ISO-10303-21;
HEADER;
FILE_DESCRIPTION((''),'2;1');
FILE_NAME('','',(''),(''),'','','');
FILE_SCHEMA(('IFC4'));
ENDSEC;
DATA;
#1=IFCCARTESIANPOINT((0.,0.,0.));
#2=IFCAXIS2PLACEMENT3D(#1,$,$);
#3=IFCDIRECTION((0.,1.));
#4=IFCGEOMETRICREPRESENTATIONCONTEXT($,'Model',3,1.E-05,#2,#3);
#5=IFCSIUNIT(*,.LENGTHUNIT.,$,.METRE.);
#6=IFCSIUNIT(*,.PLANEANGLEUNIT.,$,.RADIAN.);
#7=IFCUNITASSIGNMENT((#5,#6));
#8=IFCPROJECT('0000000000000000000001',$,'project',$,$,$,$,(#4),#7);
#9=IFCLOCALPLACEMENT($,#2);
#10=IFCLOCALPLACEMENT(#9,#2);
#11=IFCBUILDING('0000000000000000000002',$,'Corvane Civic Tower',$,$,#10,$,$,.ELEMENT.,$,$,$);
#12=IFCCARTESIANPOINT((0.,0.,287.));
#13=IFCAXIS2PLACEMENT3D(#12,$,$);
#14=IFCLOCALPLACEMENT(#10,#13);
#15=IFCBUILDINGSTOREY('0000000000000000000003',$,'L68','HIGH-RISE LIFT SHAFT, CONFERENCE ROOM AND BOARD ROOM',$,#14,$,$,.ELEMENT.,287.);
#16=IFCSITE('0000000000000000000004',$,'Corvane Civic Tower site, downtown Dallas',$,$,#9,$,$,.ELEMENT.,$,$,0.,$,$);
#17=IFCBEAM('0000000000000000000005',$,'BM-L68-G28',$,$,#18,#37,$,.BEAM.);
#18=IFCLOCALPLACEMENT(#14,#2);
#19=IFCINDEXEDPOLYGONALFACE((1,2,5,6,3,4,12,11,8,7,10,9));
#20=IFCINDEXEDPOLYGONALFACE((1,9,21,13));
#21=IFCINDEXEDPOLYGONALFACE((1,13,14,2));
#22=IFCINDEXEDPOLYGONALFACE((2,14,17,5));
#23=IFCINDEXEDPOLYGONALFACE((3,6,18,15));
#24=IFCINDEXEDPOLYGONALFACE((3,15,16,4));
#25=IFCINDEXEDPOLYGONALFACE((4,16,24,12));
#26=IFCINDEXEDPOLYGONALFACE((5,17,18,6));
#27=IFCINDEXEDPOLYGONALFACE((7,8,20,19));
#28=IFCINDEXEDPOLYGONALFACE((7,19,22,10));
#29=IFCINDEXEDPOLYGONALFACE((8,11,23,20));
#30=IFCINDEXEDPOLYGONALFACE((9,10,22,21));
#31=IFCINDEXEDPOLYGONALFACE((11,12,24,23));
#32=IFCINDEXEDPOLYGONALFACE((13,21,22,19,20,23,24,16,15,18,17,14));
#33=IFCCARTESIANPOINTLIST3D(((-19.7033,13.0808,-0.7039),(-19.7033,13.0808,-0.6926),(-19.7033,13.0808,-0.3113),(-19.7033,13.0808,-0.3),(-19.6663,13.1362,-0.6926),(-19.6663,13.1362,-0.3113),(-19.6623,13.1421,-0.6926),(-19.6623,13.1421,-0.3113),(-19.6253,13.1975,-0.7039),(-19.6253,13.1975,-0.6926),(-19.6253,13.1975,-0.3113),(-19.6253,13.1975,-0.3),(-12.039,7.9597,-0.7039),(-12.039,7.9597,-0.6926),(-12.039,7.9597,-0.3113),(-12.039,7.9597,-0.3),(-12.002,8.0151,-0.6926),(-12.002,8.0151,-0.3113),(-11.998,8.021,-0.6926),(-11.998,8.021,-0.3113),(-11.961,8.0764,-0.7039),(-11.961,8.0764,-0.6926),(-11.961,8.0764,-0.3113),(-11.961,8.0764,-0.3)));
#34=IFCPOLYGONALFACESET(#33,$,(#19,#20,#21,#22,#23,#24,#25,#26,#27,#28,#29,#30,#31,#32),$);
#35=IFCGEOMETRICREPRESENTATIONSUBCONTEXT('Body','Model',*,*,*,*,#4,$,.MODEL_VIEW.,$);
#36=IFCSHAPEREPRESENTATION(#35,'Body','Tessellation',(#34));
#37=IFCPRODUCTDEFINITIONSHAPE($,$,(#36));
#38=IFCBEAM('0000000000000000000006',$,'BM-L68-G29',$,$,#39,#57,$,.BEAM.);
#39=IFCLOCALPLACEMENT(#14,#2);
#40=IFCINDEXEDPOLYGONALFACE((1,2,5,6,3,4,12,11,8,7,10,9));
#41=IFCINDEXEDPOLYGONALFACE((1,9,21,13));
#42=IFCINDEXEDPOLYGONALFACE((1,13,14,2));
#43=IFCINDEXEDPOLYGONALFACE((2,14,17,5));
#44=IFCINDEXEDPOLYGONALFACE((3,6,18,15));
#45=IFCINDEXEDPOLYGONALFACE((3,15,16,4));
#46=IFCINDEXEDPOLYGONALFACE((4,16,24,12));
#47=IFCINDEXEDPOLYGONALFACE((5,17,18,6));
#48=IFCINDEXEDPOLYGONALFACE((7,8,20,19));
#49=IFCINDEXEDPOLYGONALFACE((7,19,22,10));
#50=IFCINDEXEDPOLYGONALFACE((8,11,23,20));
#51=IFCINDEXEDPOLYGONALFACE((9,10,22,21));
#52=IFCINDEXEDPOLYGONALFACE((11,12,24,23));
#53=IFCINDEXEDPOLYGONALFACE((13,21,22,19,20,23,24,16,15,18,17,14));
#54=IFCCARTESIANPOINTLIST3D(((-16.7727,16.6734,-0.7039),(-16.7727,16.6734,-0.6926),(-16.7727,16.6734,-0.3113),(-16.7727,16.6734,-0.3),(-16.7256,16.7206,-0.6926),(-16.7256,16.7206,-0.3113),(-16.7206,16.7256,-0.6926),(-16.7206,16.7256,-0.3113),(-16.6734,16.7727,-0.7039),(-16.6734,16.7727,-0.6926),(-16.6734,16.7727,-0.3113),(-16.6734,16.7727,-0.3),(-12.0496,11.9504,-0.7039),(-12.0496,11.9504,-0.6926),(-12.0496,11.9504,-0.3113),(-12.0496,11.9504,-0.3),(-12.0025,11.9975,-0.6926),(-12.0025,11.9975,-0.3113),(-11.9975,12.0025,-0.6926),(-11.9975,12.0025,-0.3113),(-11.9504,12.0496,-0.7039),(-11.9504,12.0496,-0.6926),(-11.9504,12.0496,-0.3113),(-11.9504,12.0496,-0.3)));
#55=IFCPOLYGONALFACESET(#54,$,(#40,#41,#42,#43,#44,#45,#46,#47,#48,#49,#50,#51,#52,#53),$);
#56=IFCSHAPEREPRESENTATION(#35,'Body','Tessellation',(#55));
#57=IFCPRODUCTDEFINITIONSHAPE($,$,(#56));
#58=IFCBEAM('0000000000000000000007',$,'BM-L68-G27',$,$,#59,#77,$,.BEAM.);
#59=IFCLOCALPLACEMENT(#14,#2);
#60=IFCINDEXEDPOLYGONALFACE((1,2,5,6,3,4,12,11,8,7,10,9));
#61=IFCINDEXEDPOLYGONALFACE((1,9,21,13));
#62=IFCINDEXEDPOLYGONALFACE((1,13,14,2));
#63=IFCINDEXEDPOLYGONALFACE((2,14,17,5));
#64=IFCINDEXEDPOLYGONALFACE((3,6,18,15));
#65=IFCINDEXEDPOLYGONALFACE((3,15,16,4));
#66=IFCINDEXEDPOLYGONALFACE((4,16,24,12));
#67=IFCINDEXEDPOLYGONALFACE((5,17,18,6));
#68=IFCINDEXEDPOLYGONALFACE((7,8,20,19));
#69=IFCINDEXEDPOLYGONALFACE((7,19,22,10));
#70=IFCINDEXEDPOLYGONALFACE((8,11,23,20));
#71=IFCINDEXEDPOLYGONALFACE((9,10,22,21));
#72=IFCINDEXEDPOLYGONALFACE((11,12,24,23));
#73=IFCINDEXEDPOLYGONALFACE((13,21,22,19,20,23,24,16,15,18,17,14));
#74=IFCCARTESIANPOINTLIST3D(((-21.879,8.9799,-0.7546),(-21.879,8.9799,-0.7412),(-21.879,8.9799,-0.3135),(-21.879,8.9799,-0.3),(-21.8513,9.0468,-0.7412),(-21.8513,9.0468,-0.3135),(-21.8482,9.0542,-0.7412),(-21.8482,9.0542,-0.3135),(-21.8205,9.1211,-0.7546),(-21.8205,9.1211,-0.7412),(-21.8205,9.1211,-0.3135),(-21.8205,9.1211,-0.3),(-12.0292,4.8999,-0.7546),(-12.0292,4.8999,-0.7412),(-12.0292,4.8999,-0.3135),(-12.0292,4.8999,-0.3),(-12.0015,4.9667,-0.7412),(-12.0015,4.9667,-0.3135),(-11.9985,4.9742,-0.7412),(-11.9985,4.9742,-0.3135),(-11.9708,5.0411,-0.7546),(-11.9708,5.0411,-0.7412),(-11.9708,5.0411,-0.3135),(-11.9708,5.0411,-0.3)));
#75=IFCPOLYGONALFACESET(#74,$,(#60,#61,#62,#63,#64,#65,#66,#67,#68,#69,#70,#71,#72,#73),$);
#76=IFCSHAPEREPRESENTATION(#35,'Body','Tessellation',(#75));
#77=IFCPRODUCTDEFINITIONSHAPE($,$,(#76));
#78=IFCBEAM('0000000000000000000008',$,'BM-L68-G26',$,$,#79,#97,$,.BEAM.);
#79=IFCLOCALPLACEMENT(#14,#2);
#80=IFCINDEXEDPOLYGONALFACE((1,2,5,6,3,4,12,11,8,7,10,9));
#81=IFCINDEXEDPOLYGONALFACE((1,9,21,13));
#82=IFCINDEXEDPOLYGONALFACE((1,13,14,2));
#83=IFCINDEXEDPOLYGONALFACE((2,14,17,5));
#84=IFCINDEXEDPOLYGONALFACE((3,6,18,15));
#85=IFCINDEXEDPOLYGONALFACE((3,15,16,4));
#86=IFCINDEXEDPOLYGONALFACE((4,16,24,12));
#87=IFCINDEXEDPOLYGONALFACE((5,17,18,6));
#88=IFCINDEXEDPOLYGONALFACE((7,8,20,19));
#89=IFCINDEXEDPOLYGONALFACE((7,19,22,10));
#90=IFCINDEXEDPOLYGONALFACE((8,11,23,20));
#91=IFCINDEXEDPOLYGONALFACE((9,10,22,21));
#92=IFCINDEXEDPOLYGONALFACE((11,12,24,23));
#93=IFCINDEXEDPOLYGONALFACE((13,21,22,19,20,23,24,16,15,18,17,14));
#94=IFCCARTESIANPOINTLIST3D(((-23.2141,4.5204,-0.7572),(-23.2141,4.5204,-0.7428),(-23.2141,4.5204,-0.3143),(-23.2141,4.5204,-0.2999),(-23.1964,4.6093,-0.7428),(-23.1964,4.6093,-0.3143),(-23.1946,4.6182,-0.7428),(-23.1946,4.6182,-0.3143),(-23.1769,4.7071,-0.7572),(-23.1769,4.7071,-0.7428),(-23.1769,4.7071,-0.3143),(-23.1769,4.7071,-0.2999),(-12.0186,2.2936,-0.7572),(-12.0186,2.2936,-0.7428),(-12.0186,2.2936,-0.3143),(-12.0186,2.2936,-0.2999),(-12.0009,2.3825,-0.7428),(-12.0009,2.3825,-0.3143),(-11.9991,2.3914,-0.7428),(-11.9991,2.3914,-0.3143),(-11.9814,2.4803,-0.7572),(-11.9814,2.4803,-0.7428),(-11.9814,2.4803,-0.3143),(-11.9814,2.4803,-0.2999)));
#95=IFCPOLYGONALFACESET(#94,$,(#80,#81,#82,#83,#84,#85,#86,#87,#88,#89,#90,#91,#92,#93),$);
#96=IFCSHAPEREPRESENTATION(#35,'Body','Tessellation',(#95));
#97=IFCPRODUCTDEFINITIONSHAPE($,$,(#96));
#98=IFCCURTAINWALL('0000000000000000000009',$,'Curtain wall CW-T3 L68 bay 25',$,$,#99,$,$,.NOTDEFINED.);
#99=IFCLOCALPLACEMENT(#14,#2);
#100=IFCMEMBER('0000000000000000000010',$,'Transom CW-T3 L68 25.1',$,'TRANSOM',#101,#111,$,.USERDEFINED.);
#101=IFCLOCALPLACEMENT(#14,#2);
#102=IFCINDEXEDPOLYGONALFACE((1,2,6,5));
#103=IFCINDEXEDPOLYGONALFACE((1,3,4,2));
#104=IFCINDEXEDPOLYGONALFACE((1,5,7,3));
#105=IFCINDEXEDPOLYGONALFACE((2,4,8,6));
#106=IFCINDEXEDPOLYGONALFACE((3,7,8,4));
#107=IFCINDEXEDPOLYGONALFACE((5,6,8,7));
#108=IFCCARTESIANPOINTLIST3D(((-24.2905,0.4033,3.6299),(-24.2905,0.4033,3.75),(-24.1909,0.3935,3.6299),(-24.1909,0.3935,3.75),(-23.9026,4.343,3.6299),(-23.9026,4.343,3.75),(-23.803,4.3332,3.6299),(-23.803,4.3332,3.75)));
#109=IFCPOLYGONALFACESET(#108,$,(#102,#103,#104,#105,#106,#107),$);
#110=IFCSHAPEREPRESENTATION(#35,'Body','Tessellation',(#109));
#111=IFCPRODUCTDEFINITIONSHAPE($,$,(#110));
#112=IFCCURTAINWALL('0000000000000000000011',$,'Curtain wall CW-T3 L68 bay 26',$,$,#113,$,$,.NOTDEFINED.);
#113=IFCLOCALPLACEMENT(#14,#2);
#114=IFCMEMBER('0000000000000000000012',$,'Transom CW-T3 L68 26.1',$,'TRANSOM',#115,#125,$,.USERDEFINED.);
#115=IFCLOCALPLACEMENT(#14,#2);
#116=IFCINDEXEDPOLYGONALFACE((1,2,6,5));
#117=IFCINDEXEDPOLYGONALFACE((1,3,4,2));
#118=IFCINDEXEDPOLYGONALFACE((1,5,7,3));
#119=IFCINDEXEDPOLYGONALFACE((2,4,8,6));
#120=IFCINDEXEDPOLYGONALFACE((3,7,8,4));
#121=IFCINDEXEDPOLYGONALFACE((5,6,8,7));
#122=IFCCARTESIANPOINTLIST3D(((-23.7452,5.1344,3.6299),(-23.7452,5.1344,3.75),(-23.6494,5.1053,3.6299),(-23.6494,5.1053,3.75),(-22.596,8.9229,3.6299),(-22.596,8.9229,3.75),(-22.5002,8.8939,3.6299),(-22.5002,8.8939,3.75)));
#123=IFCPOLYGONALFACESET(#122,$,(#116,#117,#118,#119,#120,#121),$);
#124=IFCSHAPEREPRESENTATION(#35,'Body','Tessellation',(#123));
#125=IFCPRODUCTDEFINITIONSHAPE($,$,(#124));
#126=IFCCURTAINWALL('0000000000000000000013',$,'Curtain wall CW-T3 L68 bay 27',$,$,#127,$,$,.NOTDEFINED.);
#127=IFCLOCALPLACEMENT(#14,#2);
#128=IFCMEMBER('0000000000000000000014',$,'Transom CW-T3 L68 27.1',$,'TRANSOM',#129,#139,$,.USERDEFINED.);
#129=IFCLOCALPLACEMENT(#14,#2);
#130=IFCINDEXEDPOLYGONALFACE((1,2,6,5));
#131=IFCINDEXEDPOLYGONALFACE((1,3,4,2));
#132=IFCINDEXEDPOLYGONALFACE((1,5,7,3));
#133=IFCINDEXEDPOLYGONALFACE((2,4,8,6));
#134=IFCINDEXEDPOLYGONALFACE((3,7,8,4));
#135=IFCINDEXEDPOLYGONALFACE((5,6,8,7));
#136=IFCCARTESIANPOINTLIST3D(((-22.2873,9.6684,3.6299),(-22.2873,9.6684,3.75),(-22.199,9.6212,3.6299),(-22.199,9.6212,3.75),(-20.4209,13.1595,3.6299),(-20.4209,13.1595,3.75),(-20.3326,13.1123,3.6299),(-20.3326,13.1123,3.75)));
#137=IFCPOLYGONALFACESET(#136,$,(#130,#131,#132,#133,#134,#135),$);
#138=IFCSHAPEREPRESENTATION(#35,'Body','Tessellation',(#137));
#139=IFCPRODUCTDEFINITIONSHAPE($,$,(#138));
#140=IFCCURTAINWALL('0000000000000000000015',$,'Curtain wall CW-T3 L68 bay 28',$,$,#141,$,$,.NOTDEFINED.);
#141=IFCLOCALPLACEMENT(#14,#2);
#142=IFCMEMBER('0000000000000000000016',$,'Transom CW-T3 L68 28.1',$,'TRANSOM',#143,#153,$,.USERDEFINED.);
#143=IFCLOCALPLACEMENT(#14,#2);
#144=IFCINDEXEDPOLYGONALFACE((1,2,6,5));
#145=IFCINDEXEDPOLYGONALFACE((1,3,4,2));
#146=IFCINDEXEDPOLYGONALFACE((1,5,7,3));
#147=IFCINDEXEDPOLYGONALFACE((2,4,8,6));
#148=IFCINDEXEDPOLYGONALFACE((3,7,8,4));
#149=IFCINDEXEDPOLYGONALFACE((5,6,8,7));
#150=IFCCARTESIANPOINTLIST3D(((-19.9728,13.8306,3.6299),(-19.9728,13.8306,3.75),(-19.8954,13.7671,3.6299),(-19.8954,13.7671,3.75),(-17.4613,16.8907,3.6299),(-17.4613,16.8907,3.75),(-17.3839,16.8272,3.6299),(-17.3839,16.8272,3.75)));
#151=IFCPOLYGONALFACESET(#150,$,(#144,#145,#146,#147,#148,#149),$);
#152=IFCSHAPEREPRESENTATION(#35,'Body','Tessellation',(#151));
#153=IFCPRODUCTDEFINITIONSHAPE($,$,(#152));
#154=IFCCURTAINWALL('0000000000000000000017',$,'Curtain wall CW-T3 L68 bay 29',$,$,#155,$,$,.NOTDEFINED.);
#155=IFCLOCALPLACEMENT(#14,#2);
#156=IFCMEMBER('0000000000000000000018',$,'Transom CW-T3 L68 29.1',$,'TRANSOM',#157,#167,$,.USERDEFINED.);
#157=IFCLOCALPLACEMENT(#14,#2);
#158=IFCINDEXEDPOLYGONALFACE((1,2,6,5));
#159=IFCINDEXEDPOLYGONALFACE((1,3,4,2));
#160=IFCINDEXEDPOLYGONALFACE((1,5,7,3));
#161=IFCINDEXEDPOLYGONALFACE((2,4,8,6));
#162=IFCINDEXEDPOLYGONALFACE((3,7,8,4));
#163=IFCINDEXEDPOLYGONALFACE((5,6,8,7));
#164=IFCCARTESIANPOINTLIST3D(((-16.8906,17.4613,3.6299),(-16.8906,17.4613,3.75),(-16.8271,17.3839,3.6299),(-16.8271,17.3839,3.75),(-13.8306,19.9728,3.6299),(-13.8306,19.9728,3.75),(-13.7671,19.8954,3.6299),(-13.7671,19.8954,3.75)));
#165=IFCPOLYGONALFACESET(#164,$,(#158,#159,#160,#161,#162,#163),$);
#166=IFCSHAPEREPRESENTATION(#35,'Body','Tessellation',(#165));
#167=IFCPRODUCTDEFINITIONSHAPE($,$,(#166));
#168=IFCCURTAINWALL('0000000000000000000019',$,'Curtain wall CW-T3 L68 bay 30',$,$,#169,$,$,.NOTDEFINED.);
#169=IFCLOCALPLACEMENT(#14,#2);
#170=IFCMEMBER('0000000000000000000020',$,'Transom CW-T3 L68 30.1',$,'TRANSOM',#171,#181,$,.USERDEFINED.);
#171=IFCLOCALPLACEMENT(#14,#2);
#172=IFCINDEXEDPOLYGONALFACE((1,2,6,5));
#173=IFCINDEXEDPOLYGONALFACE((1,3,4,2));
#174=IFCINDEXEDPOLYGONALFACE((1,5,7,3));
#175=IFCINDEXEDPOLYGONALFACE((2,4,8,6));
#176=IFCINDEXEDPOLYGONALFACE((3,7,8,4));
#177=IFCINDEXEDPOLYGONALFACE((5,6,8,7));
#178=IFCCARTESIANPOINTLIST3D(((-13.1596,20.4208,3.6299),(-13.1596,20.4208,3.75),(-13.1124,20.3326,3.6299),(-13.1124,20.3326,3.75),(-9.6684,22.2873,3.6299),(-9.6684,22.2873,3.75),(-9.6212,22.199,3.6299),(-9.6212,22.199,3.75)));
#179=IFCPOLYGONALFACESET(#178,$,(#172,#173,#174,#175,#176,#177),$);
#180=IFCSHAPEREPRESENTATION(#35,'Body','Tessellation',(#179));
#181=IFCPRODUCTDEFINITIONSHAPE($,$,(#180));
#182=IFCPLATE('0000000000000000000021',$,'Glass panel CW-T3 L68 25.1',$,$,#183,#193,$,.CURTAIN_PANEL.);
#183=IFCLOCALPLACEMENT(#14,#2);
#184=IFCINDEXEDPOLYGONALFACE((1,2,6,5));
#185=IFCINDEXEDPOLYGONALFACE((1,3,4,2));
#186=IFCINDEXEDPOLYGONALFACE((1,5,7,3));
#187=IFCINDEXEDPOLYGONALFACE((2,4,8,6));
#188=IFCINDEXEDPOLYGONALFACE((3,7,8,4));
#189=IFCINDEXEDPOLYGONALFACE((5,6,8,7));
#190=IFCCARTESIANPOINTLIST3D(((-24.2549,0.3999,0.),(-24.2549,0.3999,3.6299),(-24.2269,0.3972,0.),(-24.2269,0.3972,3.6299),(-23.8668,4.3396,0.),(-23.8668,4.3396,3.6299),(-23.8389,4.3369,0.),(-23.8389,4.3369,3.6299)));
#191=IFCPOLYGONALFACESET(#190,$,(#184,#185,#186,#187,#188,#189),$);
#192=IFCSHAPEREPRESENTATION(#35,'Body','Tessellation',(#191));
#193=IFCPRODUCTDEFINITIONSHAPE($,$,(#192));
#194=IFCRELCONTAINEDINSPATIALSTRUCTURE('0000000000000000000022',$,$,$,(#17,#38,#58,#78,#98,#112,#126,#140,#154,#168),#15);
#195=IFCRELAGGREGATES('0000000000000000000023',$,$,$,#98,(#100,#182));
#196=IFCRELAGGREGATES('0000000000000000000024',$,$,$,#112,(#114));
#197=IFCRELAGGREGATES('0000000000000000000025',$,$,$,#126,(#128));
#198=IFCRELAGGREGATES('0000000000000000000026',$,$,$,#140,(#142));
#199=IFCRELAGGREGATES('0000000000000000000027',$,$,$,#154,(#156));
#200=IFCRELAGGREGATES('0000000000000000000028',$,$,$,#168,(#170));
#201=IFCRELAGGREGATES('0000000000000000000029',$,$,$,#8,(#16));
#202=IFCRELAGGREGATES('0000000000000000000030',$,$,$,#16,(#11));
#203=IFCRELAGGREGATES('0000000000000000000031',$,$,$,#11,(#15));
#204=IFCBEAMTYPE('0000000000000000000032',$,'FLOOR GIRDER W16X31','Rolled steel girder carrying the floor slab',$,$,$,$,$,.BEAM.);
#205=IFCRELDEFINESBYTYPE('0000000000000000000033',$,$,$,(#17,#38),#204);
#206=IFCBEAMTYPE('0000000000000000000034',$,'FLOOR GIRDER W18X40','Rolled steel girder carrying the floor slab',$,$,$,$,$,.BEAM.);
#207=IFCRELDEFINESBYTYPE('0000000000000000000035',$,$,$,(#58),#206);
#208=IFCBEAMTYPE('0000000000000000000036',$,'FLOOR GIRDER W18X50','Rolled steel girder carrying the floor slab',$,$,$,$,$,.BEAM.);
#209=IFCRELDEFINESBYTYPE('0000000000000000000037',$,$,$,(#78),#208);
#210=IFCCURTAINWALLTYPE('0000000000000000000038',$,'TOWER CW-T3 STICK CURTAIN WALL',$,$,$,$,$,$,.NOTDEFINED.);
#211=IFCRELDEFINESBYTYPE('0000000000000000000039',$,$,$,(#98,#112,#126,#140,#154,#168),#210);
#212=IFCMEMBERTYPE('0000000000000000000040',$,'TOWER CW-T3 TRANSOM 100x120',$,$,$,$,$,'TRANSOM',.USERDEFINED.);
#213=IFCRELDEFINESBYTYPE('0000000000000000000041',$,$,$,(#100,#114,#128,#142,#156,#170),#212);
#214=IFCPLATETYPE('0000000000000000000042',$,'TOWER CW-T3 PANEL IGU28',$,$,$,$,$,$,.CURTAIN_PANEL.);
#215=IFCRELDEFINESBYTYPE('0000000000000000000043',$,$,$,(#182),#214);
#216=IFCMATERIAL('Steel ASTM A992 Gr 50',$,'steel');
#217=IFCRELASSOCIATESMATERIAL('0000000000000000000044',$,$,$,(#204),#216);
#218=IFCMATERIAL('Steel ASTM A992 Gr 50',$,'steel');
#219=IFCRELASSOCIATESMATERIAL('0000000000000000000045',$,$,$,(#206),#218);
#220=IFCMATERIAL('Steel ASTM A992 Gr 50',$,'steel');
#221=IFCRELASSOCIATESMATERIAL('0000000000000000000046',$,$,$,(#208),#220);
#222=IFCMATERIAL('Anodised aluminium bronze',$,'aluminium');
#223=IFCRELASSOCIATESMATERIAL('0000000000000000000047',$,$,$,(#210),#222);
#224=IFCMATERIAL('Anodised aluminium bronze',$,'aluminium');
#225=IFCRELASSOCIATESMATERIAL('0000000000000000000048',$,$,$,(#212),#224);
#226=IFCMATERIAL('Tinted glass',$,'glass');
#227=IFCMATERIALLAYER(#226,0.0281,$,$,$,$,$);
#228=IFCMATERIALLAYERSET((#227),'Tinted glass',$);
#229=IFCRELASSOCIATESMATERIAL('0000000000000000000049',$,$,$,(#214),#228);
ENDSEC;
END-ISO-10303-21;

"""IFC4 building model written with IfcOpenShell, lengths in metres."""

from ifc_helpers import new_model, si_unit, direction, frame, origin, origin_2d, place, context, subcontext, project, spatial, rectangle, i_section, extrude, material, layer, layer_set, material_profile, profile_set, type_object, element, aggregate, save


model = new_model("IFC4")

# Units and contexts
model_context = context("Model", 3, precision=1e-05, world=origin(), true_north=direction((0.0, 1.0)))
body_context = subcontext(model_context, "Body", "Model", "MODEL_VIEW")
ifc_project = project(units=[si_unit("LENGTHUNIT", "METRE"), si_unit("PLANEANGLEUNIT", "RADIAN")], contexts=[model_context])

# Site, building, storey
site_placement = place(None, origin())
site = spatial("IfcSite", under=ifc_project, at=site_placement, Name="Corvane Civic Tower site, downtown Dallas", CompositionType="ELEMENT", RefElevation=0.0)
building_placement = place(site_placement, origin())
building = spatial("IfcBuilding", under=site, at=building_placement, Name="Corvane Civic Tower", CompositionType="ELEMENT")
storey_placement = place(building_placement, frame((0.0, 0.0, 287.0)))
storey = spatial("IfcBuildingStorey", under=building, at=storey_placement, Name="L68", Description="HIGH-RISE LIFT SHAFT, CONFERENCE ROOM AND BOARD ROOM", CompositionType="ELEMENT", Elevation=287.0)

# Beams
ifc_material_1 = material(Name="Steel ASTM A992 Gr 50", Category="steel")
ifc_material_profile_1 = material_profile(ifc_material_1, i_section(OverallWidth=0.1404, OverallDepth=0.4038, WebThickness=0.0071, FlangeThickness=0.0112, at=origin_2d()), Name="W16X31")
ifc_profile_set_1 = profile_set([ifc_material_profile_1], Name="Steel ASTM A992 Gr 50")
beam_type_1 = type_object("IfcBeamType", Name="FLOOR GIRDER W16X31", Description="Rolled steel girder carrying the floor slab", PredefinedType="BEAM", material=ifc_profile_set_1)
beam_1_placement = place(storey_placement, frame((-12.0, 8.0181, -0.502), z_axis=(-0.831471, 0.555568, 0.0), x_axis=(-0.555568, -0.831471, 0.0)))
element("IfcBeam", 1, at=beam_1_placement, inside=storey, type_object=beam_type_1, Name="BM-L68-G28", PredefinedType="BEAM", context=body_context, shape_type="SweptSolid", body=[
    extrude(i_section(OverallWidth=0.1404, OverallDepth=0.4038, WebThickness=0.0071, FlangeThickness=0.0112, at=origin_2d()), origin(), (0.0, 0.0, 1.0), 9.2178),
])
beam_2_placement = place(storey_placement, frame((-12.0, 12.0, -0.502), z_axis=(-0.707107, 0.707107, 0.0), x_axis=(-0.707107, -0.707107, 0.0)))
element("IfcBeam", 2, at=beam_2_placement, inside=storey, type_object=beam_type_1, Name="BM-L68-G29", PredefinedType="BEAM", context=body_context, shape_type="SweptSolid", body=[
    extrude(i_section(OverallWidth=0.1404, OverallDepth=0.4038, WebThickness=0.0071, FlangeThickness=0.0112, at=origin_2d()), origin(), (0.0, 0.0, 1.0), 6.6794),
])
ifc_material_2 = material(Name="Steel ASTM A992 Gr 50", Category="steel")
ifc_material_profile_2 = material_profile(ifc_material_2, i_section(OverallWidth=0.1528, OverallDepth=0.4546, WebThickness=0.0081, FlangeThickness=0.0134, at=origin_2d()), Name="W18X40")
ifc_profile_set_2 = profile_set([ifc_material_profile_2], Name="Steel ASTM A992 Gr 50")
beam_type_2 = type_object("IfcBeamType", Name="FLOOR GIRDER W18X40", Description="Rolled steel girder carrying the floor slab", PredefinedType="BEAM", material=ifc_profile_set_2)
beam_3_placement = place(storey_placement, frame((-12.0, 4.9705, -0.5273), z_axis=(-0.923875, 0.382694, 0.0), x_axis=(-0.382694, -0.923875, 0.0)))
element("IfcBeam", 3, at=beam_3_placement, inside=storey, type_object=beam_type_2, Name="BM-L68-G27", PredefinedType="BEAM", context=body_context, shape_type="SweptSolid", body=[
    extrude(i_section(OverallWidth=0.1528, OverallDepth=0.4546, WebThickness=0.0081, FlangeThickness=0.0134, at=origin_2d()), origin(), (0.0, 0.0, 1.0), 10.6614),
])
ifc_material_3 = material(Name="Steel ASTM A992 Gr 50", Category="steel")
ifc_material_profile_3 = material_profile(ifc_material_3, i_section(OverallWidth=0.1904, OverallDepth=0.4573, WebThickness=0.009, FlangeThickness=0.0144, at=origin_2d()), Name="W18X50")
ifc_profile_set_3 = profile_set([ifc_material_profile_3], Name="Steel ASTM A992 Gr 50")
beam_type_3 = type_object("IfcBeamType", Name="FLOOR GIRDER W18X50", Description="Rolled steel girder carrying the floor slab", PredefinedType="BEAM", material=ifc_profile_set_3)
beam_4_placement = place(storey_placement, frame((-12.0, 2.387, -0.5286), z_axis=(-0.980787, 0.19508, 0.0), x_axis=(-0.19508, -0.980787, 0.0)))
element("IfcBeam", 4, at=beam_4_placement, inside=storey, type_object=beam_type_3, Name="BM-L68-G26", PredefinedType="BEAM", context=body_context, shape_type="SweptSolid", body=[
    extrude(i_section(OverallWidth=0.1904, OverallDepth=0.4573, WebThickness=0.009, FlangeThickness=0.0144, at=origin_2d()), origin(), (0.0, 0.0, 1.0), 11.4148),
])

# Curtain walls, members
ifc_material_4 = material(Name="Anodised aluminium bronze", Category="aluminium")
curtain_wall_type = type_object("IfcCurtainWallType", Name="TOWER CW-T3 STICK CURTAIN WALL", PredefinedType="NOTDEFINED", material=ifc_material_4)
curtain_wall_1_placement = place(storey_placement, origin())
curtain_wall_1 = element("IfcCurtainWall", 5, at=curtain_wall_1_placement, inside=storey, type_object=curtain_wall_type, Name="Curtain wall CW-T3 L68 bay 25", PredefinedType="NOTDEFINED")
ifc_material_5 = material(Name="Anodised aluminium bronze", Category="aluminium")
ifc_material_profile_4 = material_profile(ifc_material_5, rectangle(XDim=0.1001, YDim=0.1201, at=origin_2d()), Name="TOWER CW-T3 TRANSOM 100x120")
ifc_profile_set_4 = profile_set([ifc_material_profile_4], Name="Anodised aluminium bronze")
member_type = type_object("IfcMemberType", Name="TOWER CW-T3 TRANSOM 100x120", ElementType="TRANSOM", PredefinedType="USERDEFINED", material=ifc_profile_set_4)
member_1_placement = place(storey_placement, frame((-24.2407, 0.3984, 3.6899), z_axis=(0.097995, 0.995187, 0.0), x_axis=(-0.995187, 0.097995, 0.0)))
member_1 = element("IfcMember", 6, at=member_1_placement, type_object=member_type, Name="Transom CW-T3 L68 25.1", ObjectType="TRANSOM", PredefinedType="USERDEFINED", context=body_context, shape_type="SweptSolid", body=[
    extrude(rectangle(XDim=0.1001, YDim=0.1201, at=origin_2d()), origin(), (0.0, 0.0, 1.0), 3.9587),
])
curtain_wall_2_placement = place(storey_placement, origin())
curtain_wall_2 = element("IfcCurtainWall", 7, at=curtain_wall_2_placement, inside=storey, type_object=curtain_wall_type, Name="Curtain wall CW-T3 L68 bay 26", PredefinedType="NOTDEFINED")
member_2_placement = place(storey_placement, frame((-23.6973, 5.1199, 3.6899), z_axis=(0.290266, 0.956946, 0.0), x_axis=(-0.956946, 0.290266, 0.0)))
member_2 = element("IfcMember", 8, at=member_2_placement, type_object=member_type, Name="Transom CW-T3 L68 26.1", ObjectType="TRANSOM", PredefinedType="USERDEFINED", context=body_context, shape_type="SweptSolid", body=[
    extrude(rectangle(XDim=0.1001, YDim=0.1201, at=origin_2d()), origin(), (0.0, 0.0, 1.0), 3.959),
])
curtain_wall_3_placement = place(storey_placement, origin())
curtain_wall_3 = element("IfcCurtainWall", 9, at=curtain_wall_3_placement, inside=storey, type_object=curtain_wall_type, Name="Curtain wall CW-T3 L68 bay 27", PredefinedType="NOTDEFINED")
member_3_placement = place(storey_placement, frame((-22.2432, 9.6448, 3.6899), z_axis=(0.471468, 0.881883, 0.0), x_axis=(-0.881883, 0.471468, 0.0)))
member_3 = element("IfcMember", 10, at=member_3_placement, type_object=member_type, Name="Transom CW-T3 L68 27.1", ObjectType="TRANSOM", PredefinedType="USERDEFINED", context=body_context, shape_type="SweptSolid", body=[
    extrude(rectangle(XDim=0.1001, YDim=0.1201, at=origin_2d()), origin(), (0.0, 0.0, 1.0), 3.9587),
])
curtain_wall_4_placement = place(storey_placement, origin())
curtain_wall_4 = element("IfcCurtainWall", 11, at=curtain_wall_4_placement, inside=storey, type_object=curtain_wall_type, Name="Curtain wall CW-T3 L68 bay 28", PredefinedType="NOTDEFINED")
member_4_placement = place(storey_placement, frame((-19.9341, 13.7988, 3.6899), z_axis=(0.634416, 0.772992, 0.0), x_axis=(-0.772992, 0.634416, 0.0)))
member_4 = element("IfcMember", 12, at=member_4_placement, type_object=member_type, Name="Transom CW-T3 L68 28.1", ObjectType="TRANSOM", PredefinedType="USERDEFINED", context=body_context, shape_type="SweptSolid", body=[
    extrude(rectangle(XDim=0.1001, YDim=0.1201, at=origin_2d()), origin(), (0.0, 0.0, 1.0), 3.9587),
])
curtain_wall_5_placement = place(storey_placement, origin())
curtain_wall_5 = element("IfcCurtainWall", 13, at=curtain_wall_5_placement, inside=storey, type_object=curtain_wall_type, Name="Curtain wall CW-T3 L68 bay 29", PredefinedType="NOTDEFINED")
member_5_placement = place(storey_placement, frame((-16.8589, 17.4226, 3.6899), z_axis=(0.772992, 0.634416, 0.0), x_axis=(-0.634416, 0.772992, 0.0)))
member_5 = element("IfcMember", 14, at=member_5_placement, type_object=member_type, Name="Transom CW-T3 L68 29.1", ObjectType="TRANSOM", PredefinedType="USERDEFINED", context=body_context, shape_type="SweptSolid", body=[
    extrude(rectangle(XDim=0.1001, YDim=0.1201, at=origin_2d()), origin(), (0.0, 0.0, 1.0), 3.9587),
])
curtain_wall_6_placement = place(storey_placement, origin())
curtain_wall_6 = element("IfcCurtainWall", 15, at=curtain_wall_6_placement, inside=storey, type_object=curtain_wall_type, Name="Curtain wall CW-T3 L68 bay 30", PredefinedType="NOTDEFINED")
member_6_placement = place(storey_placement, frame((-13.136, 20.3767, 3.6899), z_axis=(0.881883, 0.471468, 0.0), x_axis=(-0.471468, 0.881883, 0.0)))
member_6 = element("IfcMember", 16, at=member_6_placement, type_object=member_type, Name="Transom CW-T3 L68 30.1", ObjectType="TRANSOM", PredefinedType="USERDEFINED", context=body_context, shape_type="SweptSolid", body=[
    extrude(rectangle(XDim=0.1001, YDim=0.1201, at=origin_2d()), origin(), (0.0, 0.0, 1.0), 3.9587),
])

# Plate
ifc_material_6 = material(Name="Tinted glass", Category="glass")
ifc_layer_1 = layer(ifc_material_6, 0.0281)
ifc_layer_set_1 = layer_set([ifc_layer_1], Name="Tinted glass")
plate_type = type_object("IfcPlateType", Name="TOWER CW-T3 PANEL IGU28", PredefinedType="CURTAIN_PANEL", material=ifc_layer_set_1)
plate_1_placement = place(storey_placement, frame((-24.0469, 2.3684, 0.0), z_axis=(0.0, 0.0, 1.0), x_axis=(0.098021, 0.995184, 0.0)))
plate_1 = element("IfcPlate", 17, at=plate_1_placement, type_object=plate_type, Name="Glass panel CW-T3 L68 25.1", PredefinedType="CURTAIN_PANEL", context=body_context, shape_type="SweptSolid", body=[
    extrude(rectangle(XDim=3.9587, YDim=0.0281, at=origin_2d()), origin(), (0.0, 0.0, 1.0), 3.6299),
])
aggregate(curtain_wall_1, [member_1, plate_1])
aggregate(curtain_wall_2, [member_2])
aggregate(curtain_wall_3, [member_3])
aggregate(curtain_wall_4, [member_4])
aggregate(curtain_wall_5, [member_5])
aggregate(curtain_wall_6, [member_6])

save(model, "model.ifc")
